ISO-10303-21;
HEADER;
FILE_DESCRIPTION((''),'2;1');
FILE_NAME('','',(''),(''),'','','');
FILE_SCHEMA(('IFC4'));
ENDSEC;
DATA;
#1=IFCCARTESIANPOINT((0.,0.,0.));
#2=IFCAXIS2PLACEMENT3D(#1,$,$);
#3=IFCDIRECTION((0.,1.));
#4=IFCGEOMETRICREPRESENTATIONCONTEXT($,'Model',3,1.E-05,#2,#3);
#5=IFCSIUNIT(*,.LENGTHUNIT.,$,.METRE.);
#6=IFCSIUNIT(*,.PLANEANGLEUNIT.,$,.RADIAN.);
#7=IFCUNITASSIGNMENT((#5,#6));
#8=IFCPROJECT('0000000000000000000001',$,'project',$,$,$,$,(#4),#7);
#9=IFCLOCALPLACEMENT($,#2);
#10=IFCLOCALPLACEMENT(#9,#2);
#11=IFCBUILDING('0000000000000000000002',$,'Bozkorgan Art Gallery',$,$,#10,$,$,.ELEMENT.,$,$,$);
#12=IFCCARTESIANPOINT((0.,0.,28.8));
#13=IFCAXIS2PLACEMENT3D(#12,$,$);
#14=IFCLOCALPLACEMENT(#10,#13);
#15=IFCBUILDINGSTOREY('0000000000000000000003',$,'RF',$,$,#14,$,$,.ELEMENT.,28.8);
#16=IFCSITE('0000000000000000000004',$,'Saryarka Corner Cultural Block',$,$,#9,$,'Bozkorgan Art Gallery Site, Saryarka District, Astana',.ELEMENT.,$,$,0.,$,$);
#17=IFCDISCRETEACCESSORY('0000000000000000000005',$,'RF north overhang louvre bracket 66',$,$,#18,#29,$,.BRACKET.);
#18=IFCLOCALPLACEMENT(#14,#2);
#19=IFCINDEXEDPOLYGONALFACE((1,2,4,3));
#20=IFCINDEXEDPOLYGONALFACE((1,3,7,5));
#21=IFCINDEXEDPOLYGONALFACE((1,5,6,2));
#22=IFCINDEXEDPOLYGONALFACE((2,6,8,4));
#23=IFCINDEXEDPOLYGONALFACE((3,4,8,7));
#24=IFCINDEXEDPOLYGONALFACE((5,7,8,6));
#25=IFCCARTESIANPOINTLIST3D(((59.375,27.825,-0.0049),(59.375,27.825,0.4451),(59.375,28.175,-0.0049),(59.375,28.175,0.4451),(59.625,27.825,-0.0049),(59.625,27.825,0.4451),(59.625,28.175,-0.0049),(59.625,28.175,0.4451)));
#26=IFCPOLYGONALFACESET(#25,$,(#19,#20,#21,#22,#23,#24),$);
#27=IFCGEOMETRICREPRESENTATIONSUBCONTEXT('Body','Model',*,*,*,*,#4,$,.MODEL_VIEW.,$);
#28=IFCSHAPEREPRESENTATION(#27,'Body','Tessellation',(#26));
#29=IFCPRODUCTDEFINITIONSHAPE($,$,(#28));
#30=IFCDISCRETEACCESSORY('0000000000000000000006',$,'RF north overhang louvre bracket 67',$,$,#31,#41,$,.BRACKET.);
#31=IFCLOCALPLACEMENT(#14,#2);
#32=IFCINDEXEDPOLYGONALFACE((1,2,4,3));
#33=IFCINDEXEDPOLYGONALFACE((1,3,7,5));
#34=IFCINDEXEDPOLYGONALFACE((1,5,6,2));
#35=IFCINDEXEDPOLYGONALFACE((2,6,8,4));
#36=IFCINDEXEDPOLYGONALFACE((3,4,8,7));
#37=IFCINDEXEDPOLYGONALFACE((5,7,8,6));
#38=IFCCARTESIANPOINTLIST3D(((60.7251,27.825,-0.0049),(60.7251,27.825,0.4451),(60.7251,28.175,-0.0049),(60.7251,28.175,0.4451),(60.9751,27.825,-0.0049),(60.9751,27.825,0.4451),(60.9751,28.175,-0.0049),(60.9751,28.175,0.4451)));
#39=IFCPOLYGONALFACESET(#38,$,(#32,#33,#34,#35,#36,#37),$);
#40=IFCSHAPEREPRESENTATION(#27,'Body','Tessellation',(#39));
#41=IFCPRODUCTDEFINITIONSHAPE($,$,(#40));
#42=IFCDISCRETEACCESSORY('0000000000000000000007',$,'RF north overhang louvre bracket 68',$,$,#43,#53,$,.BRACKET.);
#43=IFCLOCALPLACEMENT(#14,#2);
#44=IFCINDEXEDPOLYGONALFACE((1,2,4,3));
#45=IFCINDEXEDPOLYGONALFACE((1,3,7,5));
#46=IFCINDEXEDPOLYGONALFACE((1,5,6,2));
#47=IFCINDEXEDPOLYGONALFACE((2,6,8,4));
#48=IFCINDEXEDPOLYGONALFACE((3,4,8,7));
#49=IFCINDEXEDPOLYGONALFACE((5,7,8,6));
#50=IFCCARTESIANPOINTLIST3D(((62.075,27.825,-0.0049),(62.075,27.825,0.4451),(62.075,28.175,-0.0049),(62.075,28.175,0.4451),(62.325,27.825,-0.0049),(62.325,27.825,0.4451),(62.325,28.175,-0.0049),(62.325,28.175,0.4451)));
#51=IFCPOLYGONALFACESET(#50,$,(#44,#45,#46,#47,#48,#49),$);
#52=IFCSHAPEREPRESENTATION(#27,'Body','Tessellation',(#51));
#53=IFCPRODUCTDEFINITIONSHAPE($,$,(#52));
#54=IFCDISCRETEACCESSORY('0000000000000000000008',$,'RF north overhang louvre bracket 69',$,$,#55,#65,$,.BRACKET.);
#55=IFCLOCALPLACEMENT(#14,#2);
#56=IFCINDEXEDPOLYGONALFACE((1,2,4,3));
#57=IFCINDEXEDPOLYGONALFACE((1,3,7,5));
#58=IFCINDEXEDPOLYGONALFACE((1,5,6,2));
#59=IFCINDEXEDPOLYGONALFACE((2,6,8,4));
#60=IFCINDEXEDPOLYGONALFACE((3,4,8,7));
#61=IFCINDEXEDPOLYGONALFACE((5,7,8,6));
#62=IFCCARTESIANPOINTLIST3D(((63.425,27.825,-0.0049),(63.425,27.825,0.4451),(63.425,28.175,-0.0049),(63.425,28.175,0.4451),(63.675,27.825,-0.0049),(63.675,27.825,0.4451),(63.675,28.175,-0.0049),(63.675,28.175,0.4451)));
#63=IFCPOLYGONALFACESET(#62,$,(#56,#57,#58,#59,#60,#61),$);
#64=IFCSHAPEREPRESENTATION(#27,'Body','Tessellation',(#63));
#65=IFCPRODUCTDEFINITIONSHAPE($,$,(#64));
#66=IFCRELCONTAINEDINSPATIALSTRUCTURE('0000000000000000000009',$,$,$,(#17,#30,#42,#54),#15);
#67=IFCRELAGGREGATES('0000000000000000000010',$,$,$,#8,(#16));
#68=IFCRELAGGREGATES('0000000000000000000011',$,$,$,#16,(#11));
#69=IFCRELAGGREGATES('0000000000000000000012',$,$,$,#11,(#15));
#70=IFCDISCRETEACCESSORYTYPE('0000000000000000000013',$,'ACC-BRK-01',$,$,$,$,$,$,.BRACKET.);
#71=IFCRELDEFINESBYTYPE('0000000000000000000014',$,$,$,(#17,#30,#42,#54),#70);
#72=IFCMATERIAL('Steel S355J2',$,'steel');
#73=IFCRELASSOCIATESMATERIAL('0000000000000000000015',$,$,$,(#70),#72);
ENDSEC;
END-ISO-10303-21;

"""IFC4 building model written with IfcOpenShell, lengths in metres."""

from ifc_helpers import new_model, si_unit, direction, frame, origin, origin_2d, place, context, subcontext, project, spatial, rectangle, extrude, material, type_object, element, save


model = new_model("IFC4")

# Units and contexts
model_context = context("Model", 3, precision=1e-05, world=origin(), true_north=direction((0.0, 1.0)))
body_context = subcontext(model_context, "Body", "Model", "MODEL_VIEW")
ifc_project = project(units=[si_unit("LENGTHUNIT", "METRE"), si_unit("PLANEANGLEUNIT", "RADIAN")], contexts=[model_context])

# Site, building, storey
site_placement = place(None, origin())
site = spatial("IfcSite", under=ifc_project, at=site_placement, Name="Saryarka Corner Cultural Block", LongName="Bozkorgan Art Gallery Site, Saryarka District, Astana", CompositionType="ELEMENT", RefElevation=0.0)
building_placement = place(site_placement, origin())
building = spatial("IfcBuilding", under=site, at=building_placement, Name="Bozkorgan Art Gallery", CompositionType="ELEMENT")
storey_placement = place(building_placement, frame((0.0, 0.0, 28.8)))
storey = spatial("IfcBuildingStorey", under=building, at=storey_placement, Name="RF", CompositionType="ELEMENT", Elevation=28.8)

# Shared definitions
ifc_material_1 = material(Name="Steel S355J2", Category="steel")

# Discrete accessories
discrete_accessory_type = type_object("IfcDiscreteAccessoryType", Name="ACC-BRK-01", PredefinedType="BRACKET", material=ifc_material_1)
for number, where, z_axis, x_axis, name in (
    (1, (59.5, 28.0, -0.0049), (0.0, 0.0, 1.0), (1.0, 0.0, 0.0), "RF north overhang louvre bracket 66"),
    (2, (60.8501, 28.0, -0.0049), (0.0, 0.0, 1.0), (1.0, 0.0, 0.0), "RF north overhang louvre bracket 67"),
    (3, (62.2, 28.0, -0.0049), (0.0, 0.0, 1.0), (1.0, 0.0, 0.0), "RF north overhang louvre bracket 68"),
    (4, (63.55, 28.0, -0.0049), (0.0, 0.0, 1.0), (1.0, 0.0, 0.0), "RF north overhang louvre bracket 69"),
):
    element("IfcDiscreteAccessory", number, at=place(storey_placement, frame(where, z_axis=z_axis, x_axis=x_axis)), inside=storey, type_object=discrete_accessory_type, Name=name, PredefinedType="BRACKET", context=body_context, shape_type="SweptSolid", body=[
        extrude(rectangle(XDim=0.25, YDim=0.3501, at=origin_2d()), origin(), (0.0, 0.0, 1.0), 0.45),
    ])

save(model, "model.ifc")
